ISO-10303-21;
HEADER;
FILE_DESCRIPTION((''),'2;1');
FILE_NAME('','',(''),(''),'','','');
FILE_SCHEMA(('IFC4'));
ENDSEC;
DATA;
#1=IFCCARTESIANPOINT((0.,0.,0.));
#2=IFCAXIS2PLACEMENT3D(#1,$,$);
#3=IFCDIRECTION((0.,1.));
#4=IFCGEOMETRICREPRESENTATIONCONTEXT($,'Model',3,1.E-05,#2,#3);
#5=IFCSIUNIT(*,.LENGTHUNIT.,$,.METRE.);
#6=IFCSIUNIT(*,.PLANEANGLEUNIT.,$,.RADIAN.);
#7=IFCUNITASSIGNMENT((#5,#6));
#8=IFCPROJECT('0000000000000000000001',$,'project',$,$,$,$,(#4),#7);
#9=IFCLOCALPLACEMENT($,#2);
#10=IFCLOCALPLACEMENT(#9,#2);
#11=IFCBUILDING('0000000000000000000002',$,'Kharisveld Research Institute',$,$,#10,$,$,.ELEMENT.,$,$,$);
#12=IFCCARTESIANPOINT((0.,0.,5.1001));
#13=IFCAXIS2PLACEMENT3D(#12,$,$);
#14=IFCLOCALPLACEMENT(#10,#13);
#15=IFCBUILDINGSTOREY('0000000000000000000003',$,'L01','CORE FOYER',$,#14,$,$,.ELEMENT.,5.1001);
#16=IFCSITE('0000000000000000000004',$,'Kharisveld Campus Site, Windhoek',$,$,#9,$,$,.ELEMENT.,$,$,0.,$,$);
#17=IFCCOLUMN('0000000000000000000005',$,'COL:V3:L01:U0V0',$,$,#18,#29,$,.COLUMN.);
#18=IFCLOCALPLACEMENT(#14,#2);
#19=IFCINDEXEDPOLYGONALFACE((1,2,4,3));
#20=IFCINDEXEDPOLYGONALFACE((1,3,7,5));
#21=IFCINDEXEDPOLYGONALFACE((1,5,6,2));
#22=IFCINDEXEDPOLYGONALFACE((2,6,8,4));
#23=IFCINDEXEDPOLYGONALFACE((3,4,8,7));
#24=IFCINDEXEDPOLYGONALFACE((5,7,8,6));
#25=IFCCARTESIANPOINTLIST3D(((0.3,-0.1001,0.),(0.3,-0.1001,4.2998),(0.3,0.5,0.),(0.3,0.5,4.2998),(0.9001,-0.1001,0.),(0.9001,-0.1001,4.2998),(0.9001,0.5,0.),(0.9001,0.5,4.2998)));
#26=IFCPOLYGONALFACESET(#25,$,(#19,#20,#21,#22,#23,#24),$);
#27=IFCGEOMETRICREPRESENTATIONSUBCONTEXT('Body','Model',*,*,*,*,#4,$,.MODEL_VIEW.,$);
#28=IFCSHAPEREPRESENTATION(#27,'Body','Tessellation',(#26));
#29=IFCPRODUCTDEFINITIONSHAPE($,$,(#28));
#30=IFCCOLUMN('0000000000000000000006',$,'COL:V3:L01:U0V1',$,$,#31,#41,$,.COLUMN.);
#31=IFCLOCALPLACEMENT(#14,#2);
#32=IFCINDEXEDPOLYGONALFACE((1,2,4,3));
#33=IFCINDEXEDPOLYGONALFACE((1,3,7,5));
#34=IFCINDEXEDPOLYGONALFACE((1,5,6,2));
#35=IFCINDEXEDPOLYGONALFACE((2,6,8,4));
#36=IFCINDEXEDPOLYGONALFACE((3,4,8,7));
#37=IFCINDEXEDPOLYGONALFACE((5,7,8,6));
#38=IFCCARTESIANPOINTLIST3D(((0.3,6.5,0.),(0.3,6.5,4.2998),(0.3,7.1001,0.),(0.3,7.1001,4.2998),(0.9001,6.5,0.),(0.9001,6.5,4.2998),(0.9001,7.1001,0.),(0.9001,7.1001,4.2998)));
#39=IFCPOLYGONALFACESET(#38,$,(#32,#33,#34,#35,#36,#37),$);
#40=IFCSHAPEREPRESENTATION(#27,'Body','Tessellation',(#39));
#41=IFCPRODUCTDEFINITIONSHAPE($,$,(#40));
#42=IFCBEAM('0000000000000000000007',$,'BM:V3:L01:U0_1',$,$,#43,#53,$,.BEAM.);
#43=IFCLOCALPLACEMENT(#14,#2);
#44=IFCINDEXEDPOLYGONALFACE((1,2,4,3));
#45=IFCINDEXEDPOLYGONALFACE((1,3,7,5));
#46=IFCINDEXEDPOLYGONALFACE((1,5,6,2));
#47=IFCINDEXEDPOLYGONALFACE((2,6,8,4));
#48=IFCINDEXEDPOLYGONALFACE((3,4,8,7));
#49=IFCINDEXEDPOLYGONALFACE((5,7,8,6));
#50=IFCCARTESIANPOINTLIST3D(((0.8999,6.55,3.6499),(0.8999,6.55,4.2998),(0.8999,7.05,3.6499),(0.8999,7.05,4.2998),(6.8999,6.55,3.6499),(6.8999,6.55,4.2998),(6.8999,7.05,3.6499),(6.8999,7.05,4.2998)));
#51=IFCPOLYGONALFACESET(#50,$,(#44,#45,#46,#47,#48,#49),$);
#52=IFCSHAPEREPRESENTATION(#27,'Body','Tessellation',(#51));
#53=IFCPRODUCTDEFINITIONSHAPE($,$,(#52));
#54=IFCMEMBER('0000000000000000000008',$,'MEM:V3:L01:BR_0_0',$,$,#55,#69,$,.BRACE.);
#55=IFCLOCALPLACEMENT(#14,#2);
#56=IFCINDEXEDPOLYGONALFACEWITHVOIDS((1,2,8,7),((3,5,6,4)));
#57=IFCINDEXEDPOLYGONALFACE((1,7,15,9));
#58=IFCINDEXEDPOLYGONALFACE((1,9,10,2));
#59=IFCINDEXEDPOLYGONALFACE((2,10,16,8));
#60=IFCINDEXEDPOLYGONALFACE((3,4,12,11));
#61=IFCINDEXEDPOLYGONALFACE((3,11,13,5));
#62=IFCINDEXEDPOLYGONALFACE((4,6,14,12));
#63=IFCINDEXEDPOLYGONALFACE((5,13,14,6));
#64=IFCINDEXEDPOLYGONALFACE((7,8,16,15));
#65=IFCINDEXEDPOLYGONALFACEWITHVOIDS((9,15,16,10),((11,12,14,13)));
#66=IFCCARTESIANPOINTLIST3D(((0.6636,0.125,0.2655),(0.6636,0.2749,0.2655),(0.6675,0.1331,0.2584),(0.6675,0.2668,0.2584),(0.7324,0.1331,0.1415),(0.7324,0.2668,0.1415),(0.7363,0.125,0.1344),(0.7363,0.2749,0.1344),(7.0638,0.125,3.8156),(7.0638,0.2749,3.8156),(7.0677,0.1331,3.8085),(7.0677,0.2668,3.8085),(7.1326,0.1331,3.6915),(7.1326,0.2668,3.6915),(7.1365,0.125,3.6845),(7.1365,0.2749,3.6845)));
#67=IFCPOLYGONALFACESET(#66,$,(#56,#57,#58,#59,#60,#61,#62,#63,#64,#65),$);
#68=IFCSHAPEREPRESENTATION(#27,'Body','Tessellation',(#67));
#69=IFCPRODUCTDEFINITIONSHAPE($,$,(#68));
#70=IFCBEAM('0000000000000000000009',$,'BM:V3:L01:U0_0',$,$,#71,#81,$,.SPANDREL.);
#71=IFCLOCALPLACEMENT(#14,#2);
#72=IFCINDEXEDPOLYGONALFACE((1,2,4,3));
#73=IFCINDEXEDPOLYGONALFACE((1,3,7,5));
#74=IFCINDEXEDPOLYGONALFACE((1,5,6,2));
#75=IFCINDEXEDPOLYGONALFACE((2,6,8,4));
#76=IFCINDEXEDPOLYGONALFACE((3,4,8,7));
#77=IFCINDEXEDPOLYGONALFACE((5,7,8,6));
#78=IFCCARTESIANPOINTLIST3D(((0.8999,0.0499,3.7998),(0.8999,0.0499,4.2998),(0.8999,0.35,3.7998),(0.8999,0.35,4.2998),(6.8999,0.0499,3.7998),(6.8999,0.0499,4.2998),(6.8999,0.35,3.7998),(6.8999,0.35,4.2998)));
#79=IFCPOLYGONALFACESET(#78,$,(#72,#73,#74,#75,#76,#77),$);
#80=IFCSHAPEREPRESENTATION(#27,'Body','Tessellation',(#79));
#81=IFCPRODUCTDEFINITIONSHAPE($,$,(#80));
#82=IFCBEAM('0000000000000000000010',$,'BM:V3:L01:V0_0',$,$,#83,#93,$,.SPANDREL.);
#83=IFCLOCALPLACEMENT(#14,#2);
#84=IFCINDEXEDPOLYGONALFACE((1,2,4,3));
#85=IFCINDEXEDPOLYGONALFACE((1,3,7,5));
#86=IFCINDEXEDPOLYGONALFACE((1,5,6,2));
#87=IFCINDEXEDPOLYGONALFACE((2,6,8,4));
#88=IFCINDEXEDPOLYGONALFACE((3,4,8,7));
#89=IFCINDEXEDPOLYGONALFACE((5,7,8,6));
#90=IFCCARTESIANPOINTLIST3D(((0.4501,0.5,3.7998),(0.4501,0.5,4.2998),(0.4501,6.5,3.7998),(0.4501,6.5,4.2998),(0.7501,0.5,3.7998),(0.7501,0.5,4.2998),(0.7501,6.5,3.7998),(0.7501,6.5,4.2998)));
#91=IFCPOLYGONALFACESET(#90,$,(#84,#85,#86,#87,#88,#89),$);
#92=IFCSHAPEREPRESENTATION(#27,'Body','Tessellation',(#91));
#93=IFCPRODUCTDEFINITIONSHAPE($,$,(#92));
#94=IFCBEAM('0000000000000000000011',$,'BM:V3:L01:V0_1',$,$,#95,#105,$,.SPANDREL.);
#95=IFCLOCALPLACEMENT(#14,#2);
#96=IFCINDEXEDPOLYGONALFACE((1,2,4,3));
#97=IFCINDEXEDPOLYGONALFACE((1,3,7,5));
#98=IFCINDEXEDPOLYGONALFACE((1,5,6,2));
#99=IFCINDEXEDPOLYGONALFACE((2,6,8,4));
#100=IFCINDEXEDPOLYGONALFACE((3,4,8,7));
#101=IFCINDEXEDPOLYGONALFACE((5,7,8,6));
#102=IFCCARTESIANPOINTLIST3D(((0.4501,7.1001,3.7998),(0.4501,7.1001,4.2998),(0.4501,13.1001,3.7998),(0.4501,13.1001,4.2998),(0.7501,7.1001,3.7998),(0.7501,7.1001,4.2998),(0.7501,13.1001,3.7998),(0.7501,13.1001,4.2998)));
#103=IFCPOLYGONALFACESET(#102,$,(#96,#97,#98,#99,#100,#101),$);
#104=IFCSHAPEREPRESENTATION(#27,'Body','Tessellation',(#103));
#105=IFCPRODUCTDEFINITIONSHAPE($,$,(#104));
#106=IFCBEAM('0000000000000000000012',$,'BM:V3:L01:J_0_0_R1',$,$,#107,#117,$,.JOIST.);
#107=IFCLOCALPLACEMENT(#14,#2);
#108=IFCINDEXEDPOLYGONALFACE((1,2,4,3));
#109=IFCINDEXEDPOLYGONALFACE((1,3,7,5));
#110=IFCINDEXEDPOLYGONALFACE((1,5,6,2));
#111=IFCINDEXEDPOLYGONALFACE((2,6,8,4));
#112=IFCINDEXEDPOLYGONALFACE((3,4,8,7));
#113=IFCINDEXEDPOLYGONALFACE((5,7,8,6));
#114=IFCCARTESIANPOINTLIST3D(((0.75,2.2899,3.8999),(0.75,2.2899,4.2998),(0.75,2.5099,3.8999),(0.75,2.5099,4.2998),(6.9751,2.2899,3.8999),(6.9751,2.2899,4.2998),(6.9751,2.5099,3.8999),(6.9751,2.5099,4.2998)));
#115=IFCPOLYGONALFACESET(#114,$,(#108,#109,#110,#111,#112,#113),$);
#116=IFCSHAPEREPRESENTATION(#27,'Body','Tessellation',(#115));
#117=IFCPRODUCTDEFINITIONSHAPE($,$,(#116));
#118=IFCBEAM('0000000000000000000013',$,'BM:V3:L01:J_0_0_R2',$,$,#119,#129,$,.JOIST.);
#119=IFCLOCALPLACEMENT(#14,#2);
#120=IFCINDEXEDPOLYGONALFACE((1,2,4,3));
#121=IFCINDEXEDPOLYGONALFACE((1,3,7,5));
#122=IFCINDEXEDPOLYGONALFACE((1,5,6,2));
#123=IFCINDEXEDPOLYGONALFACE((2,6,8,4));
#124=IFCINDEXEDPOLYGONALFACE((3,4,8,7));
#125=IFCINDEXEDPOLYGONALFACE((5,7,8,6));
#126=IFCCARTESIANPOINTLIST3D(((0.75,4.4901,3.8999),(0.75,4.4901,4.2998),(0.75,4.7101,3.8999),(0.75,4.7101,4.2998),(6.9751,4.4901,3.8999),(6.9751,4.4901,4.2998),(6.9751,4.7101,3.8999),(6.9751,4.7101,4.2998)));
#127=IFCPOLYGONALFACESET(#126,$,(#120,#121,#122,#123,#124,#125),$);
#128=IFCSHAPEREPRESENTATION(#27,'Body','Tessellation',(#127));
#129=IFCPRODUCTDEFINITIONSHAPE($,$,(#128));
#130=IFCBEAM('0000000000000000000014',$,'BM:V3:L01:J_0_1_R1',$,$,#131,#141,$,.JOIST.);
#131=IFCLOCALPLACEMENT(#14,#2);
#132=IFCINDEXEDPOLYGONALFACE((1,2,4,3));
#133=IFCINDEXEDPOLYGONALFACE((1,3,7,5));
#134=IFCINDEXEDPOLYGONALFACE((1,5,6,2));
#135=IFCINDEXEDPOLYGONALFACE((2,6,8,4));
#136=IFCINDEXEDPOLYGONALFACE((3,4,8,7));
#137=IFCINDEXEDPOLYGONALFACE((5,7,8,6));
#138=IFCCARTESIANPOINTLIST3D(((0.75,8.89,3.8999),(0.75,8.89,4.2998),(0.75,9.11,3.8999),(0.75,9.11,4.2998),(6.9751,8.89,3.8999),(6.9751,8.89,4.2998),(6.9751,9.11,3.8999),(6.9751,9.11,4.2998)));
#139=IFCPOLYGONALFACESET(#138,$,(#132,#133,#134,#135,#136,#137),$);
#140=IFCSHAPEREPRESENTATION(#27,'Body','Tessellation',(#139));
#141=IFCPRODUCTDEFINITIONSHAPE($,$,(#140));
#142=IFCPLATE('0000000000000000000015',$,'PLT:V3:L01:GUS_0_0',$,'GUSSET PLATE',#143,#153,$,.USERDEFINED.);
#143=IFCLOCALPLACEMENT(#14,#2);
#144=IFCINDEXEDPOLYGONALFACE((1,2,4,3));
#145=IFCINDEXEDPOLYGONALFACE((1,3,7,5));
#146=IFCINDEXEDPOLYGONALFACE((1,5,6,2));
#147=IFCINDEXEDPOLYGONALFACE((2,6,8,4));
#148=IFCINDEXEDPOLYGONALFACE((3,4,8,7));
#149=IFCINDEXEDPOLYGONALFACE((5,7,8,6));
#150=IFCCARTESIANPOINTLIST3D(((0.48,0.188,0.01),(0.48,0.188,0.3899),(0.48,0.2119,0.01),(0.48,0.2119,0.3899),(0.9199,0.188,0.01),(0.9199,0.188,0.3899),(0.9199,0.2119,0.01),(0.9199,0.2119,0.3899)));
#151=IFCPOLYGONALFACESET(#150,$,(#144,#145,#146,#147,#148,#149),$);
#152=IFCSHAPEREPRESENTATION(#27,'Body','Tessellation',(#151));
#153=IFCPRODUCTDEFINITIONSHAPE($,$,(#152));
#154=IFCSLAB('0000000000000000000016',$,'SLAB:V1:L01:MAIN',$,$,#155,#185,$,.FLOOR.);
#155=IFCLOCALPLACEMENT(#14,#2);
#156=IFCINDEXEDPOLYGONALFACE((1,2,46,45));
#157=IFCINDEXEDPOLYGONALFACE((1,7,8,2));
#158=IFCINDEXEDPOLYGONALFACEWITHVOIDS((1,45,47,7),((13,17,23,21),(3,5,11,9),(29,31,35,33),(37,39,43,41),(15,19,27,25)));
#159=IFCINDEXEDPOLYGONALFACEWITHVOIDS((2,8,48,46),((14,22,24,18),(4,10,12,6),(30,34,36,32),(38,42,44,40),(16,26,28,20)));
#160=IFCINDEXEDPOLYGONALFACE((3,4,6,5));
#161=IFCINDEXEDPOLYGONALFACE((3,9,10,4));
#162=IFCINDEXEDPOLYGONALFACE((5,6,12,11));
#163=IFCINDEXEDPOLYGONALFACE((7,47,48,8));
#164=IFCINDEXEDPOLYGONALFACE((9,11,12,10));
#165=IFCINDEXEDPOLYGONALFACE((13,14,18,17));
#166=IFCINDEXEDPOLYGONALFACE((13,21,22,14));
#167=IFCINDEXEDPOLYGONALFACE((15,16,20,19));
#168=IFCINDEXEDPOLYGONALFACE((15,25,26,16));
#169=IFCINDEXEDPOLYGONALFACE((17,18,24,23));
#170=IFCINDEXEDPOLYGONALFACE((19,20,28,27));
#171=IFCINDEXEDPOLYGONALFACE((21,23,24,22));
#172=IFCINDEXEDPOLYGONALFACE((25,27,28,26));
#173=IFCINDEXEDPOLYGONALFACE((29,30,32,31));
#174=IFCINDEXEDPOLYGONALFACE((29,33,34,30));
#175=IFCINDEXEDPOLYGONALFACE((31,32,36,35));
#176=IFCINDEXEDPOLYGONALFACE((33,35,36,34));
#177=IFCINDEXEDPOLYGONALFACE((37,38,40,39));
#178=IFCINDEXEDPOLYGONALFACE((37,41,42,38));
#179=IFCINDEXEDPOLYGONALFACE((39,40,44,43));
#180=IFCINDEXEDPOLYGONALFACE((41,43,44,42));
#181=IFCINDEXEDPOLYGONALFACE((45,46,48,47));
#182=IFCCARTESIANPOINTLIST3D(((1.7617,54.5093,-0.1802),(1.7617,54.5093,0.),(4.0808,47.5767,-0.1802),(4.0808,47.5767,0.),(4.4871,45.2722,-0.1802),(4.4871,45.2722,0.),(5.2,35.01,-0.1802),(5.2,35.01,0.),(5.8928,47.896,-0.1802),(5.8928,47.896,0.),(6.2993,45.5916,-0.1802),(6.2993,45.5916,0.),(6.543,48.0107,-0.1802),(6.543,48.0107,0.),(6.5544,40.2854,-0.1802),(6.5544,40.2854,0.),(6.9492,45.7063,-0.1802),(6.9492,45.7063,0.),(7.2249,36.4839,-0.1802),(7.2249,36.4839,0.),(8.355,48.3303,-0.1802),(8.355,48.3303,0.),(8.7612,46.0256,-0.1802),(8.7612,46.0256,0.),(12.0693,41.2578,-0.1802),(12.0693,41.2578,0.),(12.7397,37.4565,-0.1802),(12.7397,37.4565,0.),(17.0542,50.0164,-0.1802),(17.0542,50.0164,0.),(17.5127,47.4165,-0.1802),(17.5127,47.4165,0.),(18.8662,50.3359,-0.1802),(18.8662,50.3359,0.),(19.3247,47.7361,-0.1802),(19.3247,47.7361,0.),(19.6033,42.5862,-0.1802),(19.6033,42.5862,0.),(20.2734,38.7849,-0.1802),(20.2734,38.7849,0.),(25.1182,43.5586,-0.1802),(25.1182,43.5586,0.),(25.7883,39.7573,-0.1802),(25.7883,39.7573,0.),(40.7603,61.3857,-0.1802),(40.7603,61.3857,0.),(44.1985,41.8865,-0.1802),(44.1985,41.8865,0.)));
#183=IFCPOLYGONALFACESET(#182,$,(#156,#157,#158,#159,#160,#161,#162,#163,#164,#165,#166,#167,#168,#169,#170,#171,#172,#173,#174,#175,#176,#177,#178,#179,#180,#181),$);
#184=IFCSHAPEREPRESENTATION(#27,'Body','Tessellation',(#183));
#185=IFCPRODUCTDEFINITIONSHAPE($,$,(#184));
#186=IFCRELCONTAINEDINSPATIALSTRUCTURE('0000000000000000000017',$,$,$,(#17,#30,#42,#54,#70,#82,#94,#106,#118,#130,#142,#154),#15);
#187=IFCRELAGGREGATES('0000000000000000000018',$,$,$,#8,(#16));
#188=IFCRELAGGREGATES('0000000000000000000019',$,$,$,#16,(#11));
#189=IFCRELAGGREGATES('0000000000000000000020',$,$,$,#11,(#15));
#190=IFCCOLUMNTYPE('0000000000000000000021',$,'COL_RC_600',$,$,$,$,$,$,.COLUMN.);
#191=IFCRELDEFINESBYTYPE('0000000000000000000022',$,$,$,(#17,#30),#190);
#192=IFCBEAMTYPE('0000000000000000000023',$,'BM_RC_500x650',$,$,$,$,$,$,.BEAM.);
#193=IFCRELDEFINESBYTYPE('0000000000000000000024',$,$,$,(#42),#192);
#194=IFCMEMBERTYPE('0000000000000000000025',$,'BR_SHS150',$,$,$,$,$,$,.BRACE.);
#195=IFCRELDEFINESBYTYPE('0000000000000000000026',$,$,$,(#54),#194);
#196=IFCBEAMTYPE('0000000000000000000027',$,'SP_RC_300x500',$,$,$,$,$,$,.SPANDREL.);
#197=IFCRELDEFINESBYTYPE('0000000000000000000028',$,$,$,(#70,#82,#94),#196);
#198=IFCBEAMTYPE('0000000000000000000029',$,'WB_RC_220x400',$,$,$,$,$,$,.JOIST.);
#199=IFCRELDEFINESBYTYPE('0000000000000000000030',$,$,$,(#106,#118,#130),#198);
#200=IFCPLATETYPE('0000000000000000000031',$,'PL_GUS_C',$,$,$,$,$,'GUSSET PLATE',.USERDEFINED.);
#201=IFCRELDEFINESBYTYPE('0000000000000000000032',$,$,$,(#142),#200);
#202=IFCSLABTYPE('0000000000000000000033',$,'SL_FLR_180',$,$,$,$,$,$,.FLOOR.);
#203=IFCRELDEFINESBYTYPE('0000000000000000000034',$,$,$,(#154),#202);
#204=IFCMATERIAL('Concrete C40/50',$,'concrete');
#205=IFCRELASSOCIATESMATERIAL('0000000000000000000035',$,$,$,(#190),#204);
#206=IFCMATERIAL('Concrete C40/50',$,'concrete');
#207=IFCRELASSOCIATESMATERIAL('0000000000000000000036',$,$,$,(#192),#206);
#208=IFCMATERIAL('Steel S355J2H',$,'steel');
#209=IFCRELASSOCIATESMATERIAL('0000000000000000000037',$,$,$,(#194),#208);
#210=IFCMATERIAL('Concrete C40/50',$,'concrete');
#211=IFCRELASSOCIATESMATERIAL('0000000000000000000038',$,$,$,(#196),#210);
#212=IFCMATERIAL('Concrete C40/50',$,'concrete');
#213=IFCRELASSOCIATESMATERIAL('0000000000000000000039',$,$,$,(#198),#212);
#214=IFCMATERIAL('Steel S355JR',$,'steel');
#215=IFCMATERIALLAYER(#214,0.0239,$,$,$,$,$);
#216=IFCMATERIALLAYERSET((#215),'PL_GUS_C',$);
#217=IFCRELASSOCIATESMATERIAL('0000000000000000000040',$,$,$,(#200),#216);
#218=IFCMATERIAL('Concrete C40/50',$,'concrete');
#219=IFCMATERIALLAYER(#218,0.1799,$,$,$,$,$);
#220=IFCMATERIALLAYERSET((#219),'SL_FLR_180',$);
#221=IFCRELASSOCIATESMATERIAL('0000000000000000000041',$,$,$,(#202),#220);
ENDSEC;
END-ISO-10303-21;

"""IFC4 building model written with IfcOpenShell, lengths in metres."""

from ifc_helpers import new_model, si_unit, direction, frame, origin, origin_2d, place, context, subcontext, project, spatial, polyline, rectangle, hollow_rectangle, outline, extrude, material, layer, layer_set, material_profile, profile_set, type_object, element, save


model = new_model("IFC4")

# Units and contexts
model_context = context("Model", 3, precision=1e-05, world=origin(), true_north=direction((0.0, 1.0)))
body_context = subcontext(model_context, "Body", "Model", "MODEL_VIEW")
ifc_project = project(units=[si_unit("LENGTHUNIT", "METRE"), si_unit("PLANEANGLEUNIT", "RADIAN")], contexts=[model_context])

# Site, building, storey
site_placement = place(None, origin())
site = spatial("IfcSite", under=ifc_project, at=site_placement, Name="Kharisveld Campus Site, Windhoek", CompositionType="ELEMENT", RefElevation=0.0)
building_placement = place(site_placement, origin())
building = spatial("IfcBuilding", under=site, at=building_placement, Name="Kharisveld Research Institute", CompositionType="ELEMENT")
storey_placement = place(building_placement, frame((0.0, 0.0, 5.1001)))
storey = spatial("IfcBuildingStorey", under=building, at=storey_placement, Name="L01", Description="CORE FOYER", CompositionType="ELEMENT", Elevation=5.1001)

# Columns
ifc_material_1 = material(Name="Concrete C40/50", Category="concrete")
ifc_material_profile_1 = material_profile(ifc_material_1, rectangle(XDim=0.6001, YDim=0.6001, at=origin_2d()))
ifc_profile_set_1 = profile_set([ifc_material_profile_1], Name="Concrete C40/50")
column_type = type_object("IfcColumnType", Name="COL_RC_600", PredefinedType="COLUMN", material=ifc_profile_set_1)
for number, where, z_axis, x_axis, name in (
    (1, (0.6001, 0.2, 0.0), (0.0, 0.0, 1.0), (1.0, 0.0, 0.0), "COL:V3:L01:U0V0"),
    (2, (0.6001, 6.8, 0.0), (0.0, 0.0, 1.0), (1.0, 0.0, 0.0), "COL:V3:L01:U0V1"),
):
    element("IfcColumn", number, at=place(storey_placement, frame(where, z_axis=z_axis, x_axis=x_axis)), inside=storey, type_object=column_type, Name=name, PredefinedType="COLUMN", context=body_context, shape_type="SweptSolid", body=[
        extrude(rectangle(XDim=0.6001, YDim=0.6001, at=origin_2d()), origin(), (0.0, 0.0, 1.0), 4.2998),
    ])

# Beam
ifc_material_2 = material(Name="Concrete C40/50", Category="concrete")
ifc_material_profile_2 = material_profile(ifc_material_2, rectangle(XDim=0.5, YDim=0.6499, at=origin_2d()))
ifc_profile_set_2 = profile_set([ifc_material_profile_2], Name="Concrete C40/50")
beam_type_1 = type_object("IfcBeamType", Name="BM_RC_500x650", PredefinedType="BEAM", material=ifc_profile_set_2)
beam_placement = place(storey_placement, frame((0.8999, 6.8, 3.9749), z_axis=(1.0, 0.0, 0.0), x_axis=(0.0, 1.0, 0.0)))
element("IfcBeam", 3, at=beam_placement, inside=storey, type_object=beam_type_1, Name="BM:V3:L01:U0_1", PredefinedType="BEAM", context=body_context, shape_type="SweptSolid", body=[
    extrude(rectangle(XDim=0.5, YDim=0.6499, at=origin_2d()), origin(), (0.0, 0.0, 1.0), 6.0),
])

# Member
ifc_material_3 = material(Name="Steel S355J2H", Category="steel")
ifc_material_profile_3 = material_profile(ifc_material_3, hollow_rectangle(XDim=0.1499, YDim=0.1499, WallThickness=0.0081, at=origin_2d()))
ifc_profile_set_3 = profile_set([ifc_material_profile_3], Name="Steel S355J2H")
member_type = type_object("IfcMemberType", Name="BR_SHS150", PredefinedType="BRACE", material=ifc_profile_set_3)
member_placement = place(storey_placement, frame((0.7, 0.2, 0.2), z_axis=(0.874481, 0.0, 0.485059), x_axis=(0.0, 1.0, 0.0)))
element("IfcMember", 4, at=member_placement, inside=storey, type_object=member_type, Name="MEM:V3:L01:BR_0_0", PredefinedType="BRACE", context=body_context, shape_type="SweptSolid", body=[
    extrude(hollow_rectangle(XDim=0.1499, YDim=0.1499, WallThickness=0.0081, at=origin_2d()), origin(), (0.0, 0.0, 1.0), 7.3188),
])

# Beams
ifc_material_4 = material(Name="Concrete C40/50", Category="concrete")
ifc_material_profile_4 = material_profile(ifc_material_4, rectangle(XDim=0.3, YDim=0.5, at=origin_2d()))
ifc_profile_set_4 = profile_set([ifc_material_profile_4], Name="Concrete C40/50")
beam_type_2 = type_object("IfcBeamType", Name="SP_RC_300x500", PredefinedType="SPANDREL", material=ifc_profile_set_4)
for number, where, z_axis, x_axis, name in (
    (5, (0.8999, 0.2, 4.0498), (1.0, 0.0, 0.0), (0.0, 1.0, 0.0), "BM:V3:L01:U0_0"),
    (6, (0.6001, 0.5, 4.0498), (0.0, 1.0, 0.0), (-1.0, 0.0, 0.0), "BM:V3:L01:V0_0"),
    (7, (0.6001, 7.1001, 4.0498), (0.0, 1.0, 0.0), (-1.0, 0.0, 0.0), "BM:V3:L01:V0_1"),
):
    element("IfcBeam", number, at=place(storey_placement, frame(where, z_axis=z_axis, x_axis=x_axis)), inside=storey, type_object=beam_type_2, Name=name, PredefinedType="SPANDREL", context=body_context, shape_type="SweptSolid", body=[
        extrude(rectangle(XDim=0.3, YDim=0.5, at=origin_2d()), origin(), (0.0, 0.0, 1.0), 6.0),
    ])
ifc_material_5 = material(Name="Concrete C40/50", Category="concrete")
ifc_material_profile_5 = material_profile(ifc_material_5, rectangle(XDim=0.22, YDim=0.3999, at=origin_2d()))
ifc_profile_set_5 = profile_set([ifc_material_profile_5], Name="Concrete C40/50")
beam_type_3 = type_object("IfcBeamType", Name="WB_RC_220x400", PredefinedType="JOIST", material=ifc_profile_set_5)
for number, where, z_axis, x_axis, name in (
    (8, (0.75, 2.3999, 4.0999), (1.0, 0.0, 0.0), (0.0, 1.0, 0.0), "BM:V3:L01:J_0_0_R1"),
    (9, (0.75, 4.6001, 4.0999), (1.0, 0.0, 0.0), (0.0, 1.0, 0.0), "BM:V3:L01:J_0_0_R2"),
    (10, (0.75, 9.0, 4.0999), (1.0, 0.0, 0.0), (0.0, 1.0, 0.0), "BM:V3:L01:J_0_1_R1"),
):
    element("IfcBeam", number, at=place(storey_placement, frame(where, z_axis=z_axis, x_axis=x_axis)), inside=storey, type_object=beam_type_3, Name=name, PredefinedType="JOIST", context=body_context, shape_type="SweptSolid", body=[
        extrude(rectangle(XDim=0.22, YDim=0.3999, at=origin_2d()), origin(), (0.0, 0.0, 1.0), 6.2251),
    ])

# Plate
ifc_material_6 = material(Name="Steel S355JR", Category="steel")
ifc_layer_1 = layer(ifc_material_6, 0.0239)
ifc_layer_set_1 = layer_set([ifc_layer_1], Name="PL_GUS_C")
plate_type = type_object("IfcPlateType", Name="PL_GUS_C", ElementType="GUSSET PLATE", PredefinedType="USERDEFINED", material=ifc_layer_set_1)
plate_placement = place(storey_placement, frame((0.7, 0.2, 0.01), z_axis=(0.0, 0.0, 1.0), x_axis=(1.0, 0.0, 0.0)))
element("IfcPlate", 11, at=plate_placement, inside=storey, type_object=plate_type, Name="PLT:V3:L01:GUS_0_0", ObjectType="GUSSET PLATE", PredefinedType="USERDEFINED", context=body_context, shape_type="SweptSolid", body=[
    extrude(rectangle(XDim=0.4399, YDim=0.0239, at=origin_2d()), origin(), (0.0, 0.0, 1.0), 0.3799),
])

# Slab
ifc_material_7 = material(Name="Concrete C40/50", Category="concrete")
ifc_layer_2 = layer(ifc_material_7, 0.1799)
ifc_layer_set_2 = layer_set([ifc_layer_2], Name="SL_FLR_180")
slab_type_1 = type_object("IfcSlabType", Name="SL_FLR_180", PredefinedType="FLOOR", material=ifc_layer_set_2)
slab_1_placement = place(storey_placement, frame((0.0, 0.0, -0.1802)))
element("IfcSlab", 12, at=slab_1_placement, inside=storey, type_object=slab_type_1, Name="SLAB:V1:L01:MAIN", PredefinedType="FLOOR", context=body_context, shape_type="SweptSolid", body=[
    extrude(outline(polyline([(5.2, 35.01), (44.1985, 41.8865), (40.7603, 61.3857), (1.7617, 54.5093), (5.2, 35.01)]), holes=[polyline([(12.7397, 37.4565), (7.2249, 36.4839), (6.5544, 40.2854), (12.0693, 41.2578), (12.7397, 37.4565)]), polyline([(25.7883, 39.7573), (20.2734, 38.7849), (19.6033, 42.5862), (25.1182, 43.5586), (25.7883, 39.7573)]), polyline([(6.2993, 45.5916), (4.4871, 45.2722), (4.0808, 47.5767), (5.8928, 47.896), (6.2993, 45.5916)]), polyline([(6.9492, 45.7063), (6.543, 48.0107), (8.355, 48.3303), (8.7612, 46.0256), (6.9492, 45.7063)]), polyline([(17.5127, 47.4165), (17.0542, 50.0164), (18.8662, 50.3359), (19.3247, 47.7361), (17.5127, 47.4165)])]), origin(), (0.0, 0.0, 1.0), 0.1802),
])

save(model, "model.ifc")
